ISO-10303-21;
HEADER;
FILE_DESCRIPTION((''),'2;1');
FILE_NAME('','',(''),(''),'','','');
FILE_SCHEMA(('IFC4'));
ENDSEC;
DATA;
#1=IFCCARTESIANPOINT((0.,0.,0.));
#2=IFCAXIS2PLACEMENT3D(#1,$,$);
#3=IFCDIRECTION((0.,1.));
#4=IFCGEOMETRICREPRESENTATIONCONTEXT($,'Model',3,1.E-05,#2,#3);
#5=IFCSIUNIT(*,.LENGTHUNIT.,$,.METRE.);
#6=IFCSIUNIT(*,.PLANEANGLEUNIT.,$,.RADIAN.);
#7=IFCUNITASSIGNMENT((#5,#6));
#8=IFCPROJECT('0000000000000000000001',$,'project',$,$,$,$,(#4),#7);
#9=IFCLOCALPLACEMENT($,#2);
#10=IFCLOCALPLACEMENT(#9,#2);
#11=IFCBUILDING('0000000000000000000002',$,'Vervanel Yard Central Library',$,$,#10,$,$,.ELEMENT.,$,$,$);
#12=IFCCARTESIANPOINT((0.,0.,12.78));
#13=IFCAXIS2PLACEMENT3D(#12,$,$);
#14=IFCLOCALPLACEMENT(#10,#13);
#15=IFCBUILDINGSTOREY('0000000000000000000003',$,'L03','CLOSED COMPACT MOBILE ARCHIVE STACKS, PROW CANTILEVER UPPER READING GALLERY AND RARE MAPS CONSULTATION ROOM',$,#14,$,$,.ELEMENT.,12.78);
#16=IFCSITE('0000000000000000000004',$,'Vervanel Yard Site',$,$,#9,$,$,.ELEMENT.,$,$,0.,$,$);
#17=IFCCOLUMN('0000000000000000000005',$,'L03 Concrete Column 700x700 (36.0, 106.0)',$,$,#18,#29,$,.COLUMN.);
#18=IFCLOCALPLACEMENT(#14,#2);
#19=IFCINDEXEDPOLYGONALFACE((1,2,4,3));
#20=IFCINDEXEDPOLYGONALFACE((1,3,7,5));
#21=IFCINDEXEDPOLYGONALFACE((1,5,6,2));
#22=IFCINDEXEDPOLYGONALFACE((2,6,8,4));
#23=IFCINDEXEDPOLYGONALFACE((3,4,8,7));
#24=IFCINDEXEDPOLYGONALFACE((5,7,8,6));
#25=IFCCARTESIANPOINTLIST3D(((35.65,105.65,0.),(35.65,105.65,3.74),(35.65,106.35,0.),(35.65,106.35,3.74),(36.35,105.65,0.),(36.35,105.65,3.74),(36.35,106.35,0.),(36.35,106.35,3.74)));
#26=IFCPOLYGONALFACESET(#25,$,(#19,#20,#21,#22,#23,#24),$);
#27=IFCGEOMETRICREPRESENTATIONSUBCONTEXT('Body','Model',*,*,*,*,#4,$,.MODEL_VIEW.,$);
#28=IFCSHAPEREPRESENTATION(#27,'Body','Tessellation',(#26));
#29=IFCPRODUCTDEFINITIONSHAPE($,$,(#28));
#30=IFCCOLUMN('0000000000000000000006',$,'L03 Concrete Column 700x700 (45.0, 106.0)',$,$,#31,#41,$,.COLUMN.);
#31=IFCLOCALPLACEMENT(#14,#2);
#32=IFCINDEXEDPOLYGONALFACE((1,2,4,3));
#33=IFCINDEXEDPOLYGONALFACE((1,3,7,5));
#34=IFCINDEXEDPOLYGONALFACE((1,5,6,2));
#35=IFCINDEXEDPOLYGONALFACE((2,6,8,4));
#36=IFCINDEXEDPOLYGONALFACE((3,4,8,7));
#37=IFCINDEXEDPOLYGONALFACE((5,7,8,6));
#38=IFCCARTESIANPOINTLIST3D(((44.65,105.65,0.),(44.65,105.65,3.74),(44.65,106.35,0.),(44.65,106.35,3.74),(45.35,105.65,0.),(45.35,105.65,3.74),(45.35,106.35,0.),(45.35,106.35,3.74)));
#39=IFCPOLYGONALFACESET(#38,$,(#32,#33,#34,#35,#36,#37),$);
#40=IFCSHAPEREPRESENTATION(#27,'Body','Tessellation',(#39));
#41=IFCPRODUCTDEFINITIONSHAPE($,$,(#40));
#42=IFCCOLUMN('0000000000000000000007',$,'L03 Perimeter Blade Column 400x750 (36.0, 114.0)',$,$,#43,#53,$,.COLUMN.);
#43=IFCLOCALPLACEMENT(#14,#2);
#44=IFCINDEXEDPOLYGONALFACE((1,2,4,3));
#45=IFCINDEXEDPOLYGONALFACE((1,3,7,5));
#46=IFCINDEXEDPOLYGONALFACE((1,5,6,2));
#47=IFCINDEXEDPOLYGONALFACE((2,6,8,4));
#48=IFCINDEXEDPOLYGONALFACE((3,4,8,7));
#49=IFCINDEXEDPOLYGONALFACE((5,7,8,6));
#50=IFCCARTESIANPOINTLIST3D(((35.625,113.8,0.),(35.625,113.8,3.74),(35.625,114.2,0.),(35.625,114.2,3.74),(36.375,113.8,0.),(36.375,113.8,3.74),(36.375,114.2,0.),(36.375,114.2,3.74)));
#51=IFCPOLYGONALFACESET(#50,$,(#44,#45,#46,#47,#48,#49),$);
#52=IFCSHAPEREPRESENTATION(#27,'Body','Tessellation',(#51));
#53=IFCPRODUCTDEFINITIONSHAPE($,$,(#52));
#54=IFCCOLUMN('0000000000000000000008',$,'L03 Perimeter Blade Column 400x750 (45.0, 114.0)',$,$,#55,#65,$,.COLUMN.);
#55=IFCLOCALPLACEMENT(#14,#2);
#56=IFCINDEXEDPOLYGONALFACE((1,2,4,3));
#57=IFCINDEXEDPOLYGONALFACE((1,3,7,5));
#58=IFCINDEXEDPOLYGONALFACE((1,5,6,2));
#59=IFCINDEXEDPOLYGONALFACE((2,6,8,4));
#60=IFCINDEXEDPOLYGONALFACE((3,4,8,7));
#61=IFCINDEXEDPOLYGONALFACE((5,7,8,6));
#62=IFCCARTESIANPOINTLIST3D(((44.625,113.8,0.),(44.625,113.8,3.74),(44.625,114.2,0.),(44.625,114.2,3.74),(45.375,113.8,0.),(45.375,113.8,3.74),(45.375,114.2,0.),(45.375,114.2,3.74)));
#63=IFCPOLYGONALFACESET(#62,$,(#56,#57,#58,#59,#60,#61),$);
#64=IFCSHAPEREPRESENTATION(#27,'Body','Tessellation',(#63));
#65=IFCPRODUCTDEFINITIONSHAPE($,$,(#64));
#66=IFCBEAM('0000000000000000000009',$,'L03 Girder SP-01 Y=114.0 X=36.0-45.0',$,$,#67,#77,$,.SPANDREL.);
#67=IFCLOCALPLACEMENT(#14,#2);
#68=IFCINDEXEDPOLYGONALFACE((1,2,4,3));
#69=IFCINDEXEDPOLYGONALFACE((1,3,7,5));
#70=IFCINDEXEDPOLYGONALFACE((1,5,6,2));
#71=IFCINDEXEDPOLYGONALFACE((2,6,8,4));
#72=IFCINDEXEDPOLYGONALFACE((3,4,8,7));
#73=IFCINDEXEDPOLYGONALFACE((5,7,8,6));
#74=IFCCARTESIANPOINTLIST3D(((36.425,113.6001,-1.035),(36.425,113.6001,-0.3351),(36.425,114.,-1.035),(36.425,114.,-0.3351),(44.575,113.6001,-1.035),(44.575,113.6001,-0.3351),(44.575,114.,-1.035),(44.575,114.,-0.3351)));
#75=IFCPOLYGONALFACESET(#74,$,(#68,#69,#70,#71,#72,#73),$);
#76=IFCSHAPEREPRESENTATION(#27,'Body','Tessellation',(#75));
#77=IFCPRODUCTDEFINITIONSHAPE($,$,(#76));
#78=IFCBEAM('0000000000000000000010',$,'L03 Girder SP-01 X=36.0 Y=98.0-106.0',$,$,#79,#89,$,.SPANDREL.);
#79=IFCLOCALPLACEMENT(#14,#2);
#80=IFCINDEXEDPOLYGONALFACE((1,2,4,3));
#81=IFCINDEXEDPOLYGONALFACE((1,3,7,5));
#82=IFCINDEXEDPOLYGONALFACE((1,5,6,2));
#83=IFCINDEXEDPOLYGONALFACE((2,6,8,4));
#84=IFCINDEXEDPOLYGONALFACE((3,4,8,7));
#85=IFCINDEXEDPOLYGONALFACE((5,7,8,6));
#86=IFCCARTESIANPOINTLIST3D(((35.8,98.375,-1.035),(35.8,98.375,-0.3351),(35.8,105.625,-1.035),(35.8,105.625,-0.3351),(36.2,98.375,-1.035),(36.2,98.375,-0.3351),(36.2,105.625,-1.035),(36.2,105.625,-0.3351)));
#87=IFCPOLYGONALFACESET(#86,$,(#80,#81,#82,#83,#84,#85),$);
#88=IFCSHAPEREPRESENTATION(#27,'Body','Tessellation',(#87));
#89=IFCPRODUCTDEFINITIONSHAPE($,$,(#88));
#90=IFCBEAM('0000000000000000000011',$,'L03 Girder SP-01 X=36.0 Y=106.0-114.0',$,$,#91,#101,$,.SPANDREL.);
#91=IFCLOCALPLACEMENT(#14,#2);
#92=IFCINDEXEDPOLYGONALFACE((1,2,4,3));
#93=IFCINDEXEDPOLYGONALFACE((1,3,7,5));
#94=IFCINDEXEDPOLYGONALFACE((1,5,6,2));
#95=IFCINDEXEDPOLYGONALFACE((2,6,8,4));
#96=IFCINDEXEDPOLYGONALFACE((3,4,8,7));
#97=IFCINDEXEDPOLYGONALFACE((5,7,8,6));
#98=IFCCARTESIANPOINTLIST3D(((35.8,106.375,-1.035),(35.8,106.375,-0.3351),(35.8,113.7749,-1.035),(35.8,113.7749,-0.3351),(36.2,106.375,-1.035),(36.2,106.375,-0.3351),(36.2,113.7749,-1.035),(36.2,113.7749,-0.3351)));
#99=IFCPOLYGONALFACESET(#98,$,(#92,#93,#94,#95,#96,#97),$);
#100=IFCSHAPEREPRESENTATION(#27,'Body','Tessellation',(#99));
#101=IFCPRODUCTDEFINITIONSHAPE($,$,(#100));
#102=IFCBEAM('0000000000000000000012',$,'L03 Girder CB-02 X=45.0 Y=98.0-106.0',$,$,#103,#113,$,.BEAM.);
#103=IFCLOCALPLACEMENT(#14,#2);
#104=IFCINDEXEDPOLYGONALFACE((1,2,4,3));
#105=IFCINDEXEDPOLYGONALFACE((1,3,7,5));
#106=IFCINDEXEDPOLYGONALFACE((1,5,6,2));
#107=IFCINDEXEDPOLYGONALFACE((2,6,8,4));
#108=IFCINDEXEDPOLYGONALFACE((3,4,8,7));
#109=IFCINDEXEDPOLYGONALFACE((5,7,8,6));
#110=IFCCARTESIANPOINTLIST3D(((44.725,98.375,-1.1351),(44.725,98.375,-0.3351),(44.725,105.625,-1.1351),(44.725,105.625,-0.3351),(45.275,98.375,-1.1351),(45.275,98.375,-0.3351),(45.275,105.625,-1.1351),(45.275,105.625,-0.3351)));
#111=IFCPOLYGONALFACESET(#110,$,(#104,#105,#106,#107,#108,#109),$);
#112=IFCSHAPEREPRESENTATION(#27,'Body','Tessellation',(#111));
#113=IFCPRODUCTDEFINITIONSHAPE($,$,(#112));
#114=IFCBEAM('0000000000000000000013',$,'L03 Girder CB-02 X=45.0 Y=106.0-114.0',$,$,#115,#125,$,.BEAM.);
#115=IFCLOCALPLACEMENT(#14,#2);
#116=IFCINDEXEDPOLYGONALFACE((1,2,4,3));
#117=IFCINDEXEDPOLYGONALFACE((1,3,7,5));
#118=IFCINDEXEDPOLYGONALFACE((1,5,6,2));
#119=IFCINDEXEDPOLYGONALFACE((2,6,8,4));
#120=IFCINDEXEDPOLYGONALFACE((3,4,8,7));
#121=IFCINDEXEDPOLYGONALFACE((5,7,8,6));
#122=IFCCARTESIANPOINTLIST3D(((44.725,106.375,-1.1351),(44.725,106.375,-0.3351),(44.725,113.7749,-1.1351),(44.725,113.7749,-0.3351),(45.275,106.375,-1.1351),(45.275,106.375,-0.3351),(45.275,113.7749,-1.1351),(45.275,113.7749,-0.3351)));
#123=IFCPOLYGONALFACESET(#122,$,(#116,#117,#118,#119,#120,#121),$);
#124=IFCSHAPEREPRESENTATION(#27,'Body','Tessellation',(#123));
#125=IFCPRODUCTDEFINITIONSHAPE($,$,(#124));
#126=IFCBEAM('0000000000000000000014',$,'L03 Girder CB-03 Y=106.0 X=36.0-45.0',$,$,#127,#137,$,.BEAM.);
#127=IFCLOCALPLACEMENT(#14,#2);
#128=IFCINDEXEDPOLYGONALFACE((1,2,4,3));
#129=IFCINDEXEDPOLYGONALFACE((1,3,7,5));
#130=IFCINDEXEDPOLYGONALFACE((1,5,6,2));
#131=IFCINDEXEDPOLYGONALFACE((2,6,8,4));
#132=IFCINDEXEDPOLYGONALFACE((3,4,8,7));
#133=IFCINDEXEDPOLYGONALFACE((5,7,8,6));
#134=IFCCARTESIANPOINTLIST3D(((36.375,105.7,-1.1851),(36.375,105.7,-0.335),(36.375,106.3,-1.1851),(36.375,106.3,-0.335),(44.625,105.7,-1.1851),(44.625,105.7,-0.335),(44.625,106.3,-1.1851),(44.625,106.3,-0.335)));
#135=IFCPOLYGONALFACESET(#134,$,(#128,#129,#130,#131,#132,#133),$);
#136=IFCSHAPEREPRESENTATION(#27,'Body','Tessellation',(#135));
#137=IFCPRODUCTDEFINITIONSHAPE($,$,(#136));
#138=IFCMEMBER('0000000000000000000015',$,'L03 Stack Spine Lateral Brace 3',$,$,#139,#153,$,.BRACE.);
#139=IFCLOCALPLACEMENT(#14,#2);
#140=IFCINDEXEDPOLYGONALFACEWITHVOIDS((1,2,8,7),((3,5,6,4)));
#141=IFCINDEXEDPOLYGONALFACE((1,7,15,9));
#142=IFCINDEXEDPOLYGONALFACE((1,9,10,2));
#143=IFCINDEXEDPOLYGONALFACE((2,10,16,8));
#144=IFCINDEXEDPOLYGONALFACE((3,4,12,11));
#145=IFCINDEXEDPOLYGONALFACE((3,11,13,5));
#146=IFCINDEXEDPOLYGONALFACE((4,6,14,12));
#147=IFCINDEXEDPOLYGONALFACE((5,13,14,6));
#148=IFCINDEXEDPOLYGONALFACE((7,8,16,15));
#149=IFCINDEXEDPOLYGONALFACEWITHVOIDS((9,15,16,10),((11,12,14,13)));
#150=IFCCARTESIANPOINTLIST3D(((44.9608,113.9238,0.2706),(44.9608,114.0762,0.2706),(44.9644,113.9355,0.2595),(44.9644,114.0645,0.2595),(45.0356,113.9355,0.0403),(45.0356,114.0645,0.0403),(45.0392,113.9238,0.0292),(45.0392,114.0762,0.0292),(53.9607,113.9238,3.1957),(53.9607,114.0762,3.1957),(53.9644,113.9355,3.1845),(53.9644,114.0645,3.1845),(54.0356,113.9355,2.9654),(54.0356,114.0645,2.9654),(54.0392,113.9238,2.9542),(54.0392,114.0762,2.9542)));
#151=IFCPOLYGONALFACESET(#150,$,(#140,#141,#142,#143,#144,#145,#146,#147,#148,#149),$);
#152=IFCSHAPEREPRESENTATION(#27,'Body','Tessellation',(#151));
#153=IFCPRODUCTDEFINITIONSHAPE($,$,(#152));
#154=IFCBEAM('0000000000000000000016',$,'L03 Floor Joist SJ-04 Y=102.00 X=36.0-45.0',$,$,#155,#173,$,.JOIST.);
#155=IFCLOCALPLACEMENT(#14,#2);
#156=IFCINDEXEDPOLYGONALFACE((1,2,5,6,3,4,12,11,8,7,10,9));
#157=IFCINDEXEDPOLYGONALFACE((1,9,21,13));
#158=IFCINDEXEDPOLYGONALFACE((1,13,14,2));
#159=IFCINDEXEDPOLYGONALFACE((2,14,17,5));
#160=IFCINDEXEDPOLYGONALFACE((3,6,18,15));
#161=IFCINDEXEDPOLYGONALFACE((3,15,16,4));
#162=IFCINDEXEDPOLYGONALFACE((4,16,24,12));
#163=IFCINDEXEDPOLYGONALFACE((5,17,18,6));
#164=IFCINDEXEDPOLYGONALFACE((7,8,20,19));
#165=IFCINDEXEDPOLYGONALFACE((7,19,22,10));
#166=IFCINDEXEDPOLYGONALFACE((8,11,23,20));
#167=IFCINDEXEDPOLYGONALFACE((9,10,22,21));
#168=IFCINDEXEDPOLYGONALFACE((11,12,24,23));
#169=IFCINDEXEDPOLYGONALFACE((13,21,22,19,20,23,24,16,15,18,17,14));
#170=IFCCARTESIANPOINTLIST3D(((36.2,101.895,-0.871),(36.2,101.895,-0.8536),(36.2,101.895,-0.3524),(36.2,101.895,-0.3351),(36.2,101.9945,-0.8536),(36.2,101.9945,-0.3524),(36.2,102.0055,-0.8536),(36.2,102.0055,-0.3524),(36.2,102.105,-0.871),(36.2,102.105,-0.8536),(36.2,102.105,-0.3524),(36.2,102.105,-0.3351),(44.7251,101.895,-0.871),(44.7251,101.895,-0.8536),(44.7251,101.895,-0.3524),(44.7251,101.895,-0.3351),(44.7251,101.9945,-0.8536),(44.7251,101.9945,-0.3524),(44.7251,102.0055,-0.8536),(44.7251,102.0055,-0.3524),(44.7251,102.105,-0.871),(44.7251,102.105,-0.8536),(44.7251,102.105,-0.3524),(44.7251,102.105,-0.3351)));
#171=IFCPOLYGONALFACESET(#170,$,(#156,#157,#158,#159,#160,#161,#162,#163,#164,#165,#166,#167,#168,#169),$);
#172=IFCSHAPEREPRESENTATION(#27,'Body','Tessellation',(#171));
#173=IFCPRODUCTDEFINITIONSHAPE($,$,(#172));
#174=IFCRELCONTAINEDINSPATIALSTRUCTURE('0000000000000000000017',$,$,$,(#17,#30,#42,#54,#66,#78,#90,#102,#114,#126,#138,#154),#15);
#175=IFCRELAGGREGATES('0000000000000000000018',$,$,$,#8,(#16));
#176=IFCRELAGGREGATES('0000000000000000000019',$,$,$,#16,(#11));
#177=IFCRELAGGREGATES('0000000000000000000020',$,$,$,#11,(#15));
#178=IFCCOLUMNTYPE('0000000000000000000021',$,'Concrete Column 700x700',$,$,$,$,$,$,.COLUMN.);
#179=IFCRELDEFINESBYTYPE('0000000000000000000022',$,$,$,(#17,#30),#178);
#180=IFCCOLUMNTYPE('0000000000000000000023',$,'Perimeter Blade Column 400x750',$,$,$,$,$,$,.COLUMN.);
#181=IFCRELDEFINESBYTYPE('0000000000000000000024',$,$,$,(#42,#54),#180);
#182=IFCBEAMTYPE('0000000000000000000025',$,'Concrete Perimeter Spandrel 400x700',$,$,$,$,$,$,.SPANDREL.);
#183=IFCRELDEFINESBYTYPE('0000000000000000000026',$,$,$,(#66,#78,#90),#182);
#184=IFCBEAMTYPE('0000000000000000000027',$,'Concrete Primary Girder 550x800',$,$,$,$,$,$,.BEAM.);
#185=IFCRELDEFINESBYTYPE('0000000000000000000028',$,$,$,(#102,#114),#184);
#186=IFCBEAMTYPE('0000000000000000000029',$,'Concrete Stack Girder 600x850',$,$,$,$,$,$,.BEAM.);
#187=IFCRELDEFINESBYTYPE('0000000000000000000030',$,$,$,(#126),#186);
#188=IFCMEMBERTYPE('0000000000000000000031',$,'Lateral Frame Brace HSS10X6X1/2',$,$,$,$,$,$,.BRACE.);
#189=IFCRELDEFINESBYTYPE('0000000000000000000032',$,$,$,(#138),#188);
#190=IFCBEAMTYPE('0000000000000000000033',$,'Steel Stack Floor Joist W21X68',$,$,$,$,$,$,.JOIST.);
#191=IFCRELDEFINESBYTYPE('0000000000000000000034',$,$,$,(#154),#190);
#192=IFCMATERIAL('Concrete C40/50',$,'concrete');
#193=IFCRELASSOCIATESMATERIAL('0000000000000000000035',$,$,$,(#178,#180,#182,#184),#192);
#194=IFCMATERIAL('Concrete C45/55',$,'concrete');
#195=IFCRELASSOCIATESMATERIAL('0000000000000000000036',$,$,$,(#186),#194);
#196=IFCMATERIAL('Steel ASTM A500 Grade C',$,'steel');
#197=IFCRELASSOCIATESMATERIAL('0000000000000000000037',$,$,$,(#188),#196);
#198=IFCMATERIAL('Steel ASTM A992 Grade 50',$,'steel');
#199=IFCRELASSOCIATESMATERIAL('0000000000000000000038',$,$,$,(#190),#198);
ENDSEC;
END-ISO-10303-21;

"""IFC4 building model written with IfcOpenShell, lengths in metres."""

from ifc_helpers import new_model, si_unit, direction, frame, origin, origin_2d, place, context, subcontext, project, spatial, rectangle, hollow_rectangle, i_section, extrude, material, material_profile, profile_set, type_object, element, save


model = new_model("IFC4")

# Units and contexts
model_context = context("Model", 3, precision=1e-05, world=origin(), true_north=direction((0.0, 1.0)))
body_context = subcontext(model_context, "Body", "Model", "MODEL_VIEW")
ifc_project = project(units=[si_unit("LENGTHUNIT", "METRE"), si_unit("PLANEANGLEUNIT", "RADIAN")], contexts=[model_context])

# Site, building, storey
site_placement = place(None, origin())
site = spatial("IfcSite", under=ifc_project, at=site_placement, Name="Vervanel Yard Site", CompositionType="ELEMENT", RefElevation=0.0)
building_placement = place(site_placement, origin())
building = spatial("IfcBuilding", under=site, at=building_placement, Name="Vervanel Yard Central Library", CompositionType="ELEMENT")
storey_placement = place(building_placement, frame((0.0, 0.0, 12.78)))
storey = spatial("IfcBuildingStorey", under=building, at=storey_placement, Name="L03", Description="CLOSED COMPACT MOBILE ARCHIVE STACKS, PROW CANTILEVER UPPER READING GALLERY AND RARE MAPS CONSULTATION ROOM", CompositionType="ELEMENT", Elevation=12.78)

# Columns
ifc_material_1 = material(Name="Concrete C40/50", Category="concrete")
ifc_material_profile_1 = material_profile(ifc_material_1, rectangle(XDim=0.7, YDim=0.7, at=origin_2d()), Name="RC 700x700", Category="concrete")
ifc_profile_set_1 = profile_set([ifc_material_profile_1], Name="Concrete C40/50")
column_type_1 = type_object("IfcColumnType", Name="Concrete Column 700x700", PredefinedType="COLUMN", material=ifc_profile_set_1)
for number, where, z_axis, x_axis, name in (
    (1, (36.0, 106.0, 0.0), (0.0, 0.0, 1.0), (1.0, 0.0, 0.0), "L03 Concrete Column 700x700 (36.0, 106.0)"),
    (2, (45.0, 106.0, 0.0), (0.0, 0.0, 1.0), (1.0, 0.0, 0.0), "L03 Concrete Column 700x700 (45.0, 106.0)"),
):
    element("IfcColumn", number, at=place(storey_placement, frame(where, z_axis=z_axis, x_axis=x_axis)), inside=storey, type_object=column_type_1, Name=name, PredefinedType="COLUMN", context=body_context, shape_type="SweptSolid", body=[
        extrude(rectangle(XDim=0.7, YDim=0.7, at=origin_2d()), origin(), (0.0, 0.0, 1.0), 3.74),
    ])
ifc_material_profile_2 = material_profile(ifc_material_1, rectangle(XDim=0.3999, YDim=0.75, at=origin_2d()), Name="RC 400x750", Category="concrete")
ifc_profile_set_2 = profile_set([ifc_material_profile_2], Name="Concrete C40/50")
column_type_2 = type_object("IfcColumnType", Name="Perimeter Blade Column 400x750", PredefinedType="COLUMN", material=ifc_profile_set_2)
for number, where, z_axis, x_axis, name in (
    (3, (36.0, 114.0, 0.0), (0.0, 0.0, 1.0), (0.0, 1.0, 0.0), "L03 Perimeter Blade Column 400x750 (36.0, 114.0)"),
    (4, (45.0, 114.0, 0.0), (0.0, 0.0, 1.0), (0.0, 1.0, 0.0), "L03 Perimeter Blade Column 400x750 (45.0, 114.0)"),
):
    element("IfcColumn", number, at=place(storey_placement, frame(where, z_axis=z_axis, x_axis=x_axis)), inside=storey, type_object=column_type_2, Name=name, PredefinedType="COLUMN", context=body_context, shape_type="SweptSolid", body=[
        extrude(rectangle(XDim=0.3999, YDim=0.75, at=origin_2d()), origin(), (0.0, 0.0, 1.0), 3.74),
    ])

# Beams
ifc_material_profile_3 = material_profile(ifc_material_1, rectangle(XDim=0.3999, YDim=0.7, at=origin_2d()), Name="RC 400x700", Category="concrete")
ifc_profile_set_3 = profile_set([ifc_material_profile_3], Name="Concrete C40/50")
beam_type_1 = type_object("IfcBeamType", Name="Concrete Perimeter Spandrel 400x700", PredefinedType="SPANDREL", material=ifc_profile_set_3)
beam_1_placement = place(storey_placement, frame((36.425, 113.8, -0.6851), z_axis=(1.0, 0.0, 0.0), x_axis=(0.0, 1.0, 0.0)))
element("IfcBeam", 5, at=beam_1_placement, inside=storey, type_object=beam_type_1, Name="L03 Girder SP-01 Y=114.0 X=36.0-45.0", PredefinedType="SPANDREL", context=body_context, shape_type="SweptSolid", body=[
    extrude(rectangle(XDim=0.3999, YDim=0.7, at=origin_2d()), origin(), (0.0, 0.0, 1.0), 8.1499),
])
beam_2_placement = place(storey_placement, frame((36.0, 98.375, -0.6851), z_axis=(0.0, 1.0, 0.0), x_axis=(-1.0, 0.0, 0.0)))
element("IfcBeam", 6, at=beam_2_placement, inside=storey, type_object=beam_type_1, Name="L03 Girder SP-01 X=36.0 Y=98.0-106.0", PredefinedType="SPANDREL", context=body_context, shape_type="SweptSolid", body=[
    extrude(rectangle(XDim=0.3999, YDim=0.7, at=origin_2d()), origin(), (0.0, 0.0, 1.0), 7.25),
])
beam_3_placement = place(storey_placement, frame((36.0, 106.375, -0.6851), z_axis=(0.0, 1.0, 0.0), x_axis=(-1.0, 0.0, 0.0)))
element("IfcBeam", 7, at=beam_3_placement, inside=storey, type_object=beam_type_1, Name="L03 Girder SP-01 X=36.0 Y=106.0-114.0", PredefinedType="SPANDREL", context=body_context, shape_type="SweptSolid", body=[
    extrude(rectangle(XDim=0.3999, YDim=0.7, at=origin_2d()), origin(), (0.0, 0.0, 1.0), 7.3999),
])
ifc_material_profile_4 = material_profile(ifc_material_1, rectangle(XDim=0.55, YDim=0.8, at=origin_2d()), Name="RC 550x800", Category="concrete")
ifc_profile_set_4 = profile_set([ifc_material_profile_4], Name="Concrete C40/50")
beam_type_2 = type_object("IfcBeamType", Name="Concrete Primary Girder 550x800", PredefinedType="BEAM", material=ifc_profile_set_4)
beam_4_placement = place(storey_placement, frame((45.0, 98.375, -0.7351), z_axis=(0.0, 1.0, 0.0), x_axis=(-1.0, 0.0, 0.0)))
element("IfcBeam", 8, at=beam_4_placement, inside=storey, type_object=beam_type_2, Name="L03 Girder CB-02 X=45.0 Y=98.0-106.0", PredefinedType="BEAM", context=body_context, shape_type="SweptSolid", body=[
    extrude(rectangle(XDim=0.55, YDim=0.8, at=origin_2d()), origin(), (0.0, 0.0, 1.0), 7.25),
])
beam_5_placement = place(storey_placement, frame((45.0, 106.375, -0.7351), z_axis=(0.0, 1.0, 0.0), x_axis=(-1.0, 0.0, 0.0)))
element("IfcBeam", 9, at=beam_5_placement, inside=storey, type_object=beam_type_2, Name="L03 Girder CB-02 X=45.0 Y=106.0-114.0", PredefinedType="BEAM", context=body_context, shape_type="SweptSolid", body=[
    extrude(rectangle(XDim=0.55, YDim=0.8, at=origin_2d()), origin(), (0.0, 0.0, 1.0), 7.3999),
])
ifc_material_2 = material(Name="Concrete C45/55", Category="concrete")
ifc_material_profile_5 = material_profile(ifc_material_2, rectangle(XDim=0.6001, YDim=0.8501, at=origin_2d()), Name="RC 600x850", Category="concrete")
ifc_profile_set_5 = profile_set([ifc_material_profile_5], Name="Concrete C45/55")
beam_type_3 = type_object("IfcBeamType", Name="Concrete Stack Girder 600x850", PredefinedType="BEAM", material=ifc_profile_set_5)
beam_6_placement = place(storey_placement, frame((36.375, 106.0, -0.76), z_axis=(1.0, 0.0, 0.0), x_axis=(0.0, 1.0, 0.0)))
element("IfcBeam", 10, at=beam_6_placement, inside=storey, type_object=beam_type_3, Name="L03 Girder CB-03 Y=106.0 X=36.0-45.0", PredefinedType="BEAM", context=body_context, shape_type="SweptSolid", body=[
    extrude(rectangle(XDim=0.6001, YDim=0.8501, at=origin_2d()), origin(), (0.0, 0.0, 1.0), 8.25),
])

# Member
ifc_material_3 = material(Name="Steel ASTM A500 Grade C", Category="steel")
ifc_material_profile_6 = material_profile(ifc_material_3, hollow_rectangle(XDim=0.1523, YDim=0.2539, WallThickness=0.0117, at=origin_2d()), Name="HSS10X6X1/2", Category="steel")
ifc_profile_set_6 = profile_set([ifc_material_profile_6], Name="Steel ASTM A500 Grade C")
member_type = type_object("IfcMemberType", Name="Lateral Frame Brace HSS10X6X1/2", PredefinedType="BRACE", material=ifc_profile_set_6)
member_placement = place(storey_placement, frame((45.0, 114.0, 0.1499), z_axis=(0.951033, 0.0, 0.309091), x_axis=(0.0, 1.0, 0.0)))
element("IfcMember", 11, at=member_placement, inside=storey, type_object=member_type, Name="L03 Stack Spine Lateral Brace 3", PredefinedType="BRACE", context=body_context, shape_type="SweptSolid", body=[
    extrude(hollow_rectangle(XDim=0.1523, YDim=0.2539, WallThickness=0.0117, at=origin_2d()), origin(), (0.0, 0.0, 1.0), 9.4634),
])

# Beam
ifc_material_4 = material(Name="Steel ASTM A992 Grade 50", Category="steel")
ifc_material_profile_7 = material_profile(ifc_material_4, i_section(OverallWidth=0.21, OverallDepth=0.5359, WebThickness=0.011, FlangeThickness=0.0173, at=origin_2d()), Name="W21X68", Category="steel")
ifc_profile_set_7 = profile_set([ifc_material_profile_7], Name="Steel ASTM A992 Grade 50")
beam_type_4 = type_object("IfcBeamType", Name="Steel Stack Floor Joist W21X68", PredefinedType="JOIST", material=ifc_profile_set_7)
for number, where, z_axis, x_axis, name in (
    (12, (36.2, 102.0, -0.603), (1.0, 0.0, 0.0), (0.0, 1.0, 0.0), "L03 Floor Joist SJ-04 Y=102.00 X=36.0-45.0"),
):
    element("IfcBeam", number, at=place(storey_placement, frame(where, z_axis=z_axis, x_axis=x_axis)), inside=storey, type_object=beam_type_4, Name=name, PredefinedType="JOIST", context=body_context, shape_type="SweptSolid", body=[
        extrude(i_section(OverallWidth=0.21, OverallDepth=0.5359, WebThickness=0.011, FlangeThickness=0.0173, at=origin_2d()), origin(), (0.0, 0.0, 1.0), 8.5251),
    ])

save(model, "model.ifc")
